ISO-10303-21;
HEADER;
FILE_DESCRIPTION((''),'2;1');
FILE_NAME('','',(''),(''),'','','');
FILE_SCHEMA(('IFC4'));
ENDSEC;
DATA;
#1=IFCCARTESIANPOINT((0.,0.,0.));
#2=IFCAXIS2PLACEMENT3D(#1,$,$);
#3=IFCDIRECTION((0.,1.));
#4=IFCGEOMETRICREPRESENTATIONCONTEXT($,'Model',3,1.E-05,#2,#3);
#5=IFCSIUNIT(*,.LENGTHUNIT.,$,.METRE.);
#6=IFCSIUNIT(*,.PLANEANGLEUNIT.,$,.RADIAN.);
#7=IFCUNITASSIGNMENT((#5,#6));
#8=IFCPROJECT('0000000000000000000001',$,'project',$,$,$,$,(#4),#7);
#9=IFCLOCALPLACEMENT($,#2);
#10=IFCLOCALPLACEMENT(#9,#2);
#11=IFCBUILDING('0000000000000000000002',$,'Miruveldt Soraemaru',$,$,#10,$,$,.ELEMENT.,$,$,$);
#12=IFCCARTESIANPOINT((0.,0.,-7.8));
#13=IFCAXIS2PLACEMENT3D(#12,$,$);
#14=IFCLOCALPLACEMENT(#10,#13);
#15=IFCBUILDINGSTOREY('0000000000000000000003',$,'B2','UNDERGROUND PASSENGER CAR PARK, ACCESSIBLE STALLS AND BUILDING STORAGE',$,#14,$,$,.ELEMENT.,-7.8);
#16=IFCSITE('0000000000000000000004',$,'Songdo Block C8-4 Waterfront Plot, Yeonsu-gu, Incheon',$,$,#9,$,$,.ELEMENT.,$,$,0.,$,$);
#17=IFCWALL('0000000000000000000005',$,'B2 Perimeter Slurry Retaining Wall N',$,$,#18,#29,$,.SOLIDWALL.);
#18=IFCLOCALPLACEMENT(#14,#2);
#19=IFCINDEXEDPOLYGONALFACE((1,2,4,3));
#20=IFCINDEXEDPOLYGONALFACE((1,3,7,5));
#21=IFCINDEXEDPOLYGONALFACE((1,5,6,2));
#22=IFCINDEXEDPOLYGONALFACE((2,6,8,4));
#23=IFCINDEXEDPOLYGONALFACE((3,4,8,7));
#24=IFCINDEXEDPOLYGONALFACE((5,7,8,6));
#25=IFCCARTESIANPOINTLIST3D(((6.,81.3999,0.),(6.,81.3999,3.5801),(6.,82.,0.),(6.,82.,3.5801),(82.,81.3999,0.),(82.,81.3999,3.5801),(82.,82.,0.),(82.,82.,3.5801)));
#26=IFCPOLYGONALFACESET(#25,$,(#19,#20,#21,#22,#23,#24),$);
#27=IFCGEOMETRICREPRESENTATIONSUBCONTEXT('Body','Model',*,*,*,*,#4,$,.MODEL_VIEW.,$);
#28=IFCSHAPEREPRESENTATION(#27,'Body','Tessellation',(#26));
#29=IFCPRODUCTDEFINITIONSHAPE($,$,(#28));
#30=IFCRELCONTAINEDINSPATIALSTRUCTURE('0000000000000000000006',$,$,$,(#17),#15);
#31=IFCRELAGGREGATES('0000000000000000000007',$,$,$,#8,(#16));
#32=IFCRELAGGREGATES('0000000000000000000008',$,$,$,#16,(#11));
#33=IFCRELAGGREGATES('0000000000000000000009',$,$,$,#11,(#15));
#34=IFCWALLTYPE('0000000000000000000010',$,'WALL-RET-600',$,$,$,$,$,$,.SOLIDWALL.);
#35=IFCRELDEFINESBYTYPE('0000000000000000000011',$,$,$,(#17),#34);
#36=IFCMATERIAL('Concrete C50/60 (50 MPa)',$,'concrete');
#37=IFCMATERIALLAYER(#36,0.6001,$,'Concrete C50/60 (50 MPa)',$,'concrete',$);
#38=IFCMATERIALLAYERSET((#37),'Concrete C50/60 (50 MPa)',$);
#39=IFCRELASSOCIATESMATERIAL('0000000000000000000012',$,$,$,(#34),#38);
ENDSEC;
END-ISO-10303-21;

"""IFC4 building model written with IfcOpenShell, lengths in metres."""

from ifc_helpers import new_model, si_unit, direction, frame, frame_2d, origin, place, context, subcontext, project, spatial, rectangle, extrude, material, layer, layer_set, type_object, element, save


model = new_model("IFC4")

# Units and contexts
model_context = context("Model", 3, precision=1e-05, world=origin(), true_north=direction((0.0, 1.0)))
body_context = subcontext(model_context, "Body", "Model", "MODEL_VIEW")
ifc_project = project(units=[si_unit("LENGTHUNIT", "METRE"), si_unit("PLANEANGLEUNIT", "RADIAN")], contexts=[model_context])

# Site, building, storey
site_placement = place(None, origin())
site = spatial("IfcSite", under=ifc_project, at=site_placement, Name="Songdo Block C8-4 Waterfront Plot, Yeonsu-gu, Incheon", CompositionType="ELEMENT", RefElevation=0.0)
building_placement = place(site_placement, origin())
building = spatial("IfcBuilding", under=site, at=building_placement, Name="Miruveldt Soraemaru", CompositionType="ELEMENT")
storey_placement = place(building_placement, frame((0.0, 0.0, -7.8)))
storey = spatial("IfcBuildingStorey", under=building, at=storey_placement, Name="B2", Description="UNDERGROUND PASSENGER CAR PARK, ACCESSIBLE STALLS AND BUILDING STORAGE", CompositionType="ELEMENT", Elevation=-7.8)

# Shared definitions
ifc_material_1 = material(Name="Concrete C50/60 (50 MPa)", Category="concrete")

# Wall
ifc_layer_1 = layer(ifc_material_1, 0.6001, Name="Concrete C50/60 (50 MPa)", Category="concrete")
ifc_layer_set_1 = layer_set([ifc_layer_1], Name="Concrete C50/60 (50 MPa)")
wall_type_1 = type_object("IfcWallType", Name="WALL-RET-600", PredefinedType="SOLIDWALL", material=ifc_layer_set_1)
wall_1_placement = place(storey_placement, frame((82.0, 81.7, 0.0), z_axis=(0.0, 0.0, 1.0), x_axis=(-1.0, 0.0, 0.0)))
element("IfcWall", 1, at=wall_1_placement, inside=storey, type_object=wall_type_1, Name="B2 Perimeter Slurry Retaining Wall N", PredefinedType="SOLIDWALL", context=body_context, shape_type="SweptSolid", body=[
    extrude(rectangle(XDim=76.0, YDim=0.6001, at=frame_2d((38.0, 0.0))), origin(), (0.0, 0.0, 1.0), 3.5801),
])

save(model, "model.ifc")
